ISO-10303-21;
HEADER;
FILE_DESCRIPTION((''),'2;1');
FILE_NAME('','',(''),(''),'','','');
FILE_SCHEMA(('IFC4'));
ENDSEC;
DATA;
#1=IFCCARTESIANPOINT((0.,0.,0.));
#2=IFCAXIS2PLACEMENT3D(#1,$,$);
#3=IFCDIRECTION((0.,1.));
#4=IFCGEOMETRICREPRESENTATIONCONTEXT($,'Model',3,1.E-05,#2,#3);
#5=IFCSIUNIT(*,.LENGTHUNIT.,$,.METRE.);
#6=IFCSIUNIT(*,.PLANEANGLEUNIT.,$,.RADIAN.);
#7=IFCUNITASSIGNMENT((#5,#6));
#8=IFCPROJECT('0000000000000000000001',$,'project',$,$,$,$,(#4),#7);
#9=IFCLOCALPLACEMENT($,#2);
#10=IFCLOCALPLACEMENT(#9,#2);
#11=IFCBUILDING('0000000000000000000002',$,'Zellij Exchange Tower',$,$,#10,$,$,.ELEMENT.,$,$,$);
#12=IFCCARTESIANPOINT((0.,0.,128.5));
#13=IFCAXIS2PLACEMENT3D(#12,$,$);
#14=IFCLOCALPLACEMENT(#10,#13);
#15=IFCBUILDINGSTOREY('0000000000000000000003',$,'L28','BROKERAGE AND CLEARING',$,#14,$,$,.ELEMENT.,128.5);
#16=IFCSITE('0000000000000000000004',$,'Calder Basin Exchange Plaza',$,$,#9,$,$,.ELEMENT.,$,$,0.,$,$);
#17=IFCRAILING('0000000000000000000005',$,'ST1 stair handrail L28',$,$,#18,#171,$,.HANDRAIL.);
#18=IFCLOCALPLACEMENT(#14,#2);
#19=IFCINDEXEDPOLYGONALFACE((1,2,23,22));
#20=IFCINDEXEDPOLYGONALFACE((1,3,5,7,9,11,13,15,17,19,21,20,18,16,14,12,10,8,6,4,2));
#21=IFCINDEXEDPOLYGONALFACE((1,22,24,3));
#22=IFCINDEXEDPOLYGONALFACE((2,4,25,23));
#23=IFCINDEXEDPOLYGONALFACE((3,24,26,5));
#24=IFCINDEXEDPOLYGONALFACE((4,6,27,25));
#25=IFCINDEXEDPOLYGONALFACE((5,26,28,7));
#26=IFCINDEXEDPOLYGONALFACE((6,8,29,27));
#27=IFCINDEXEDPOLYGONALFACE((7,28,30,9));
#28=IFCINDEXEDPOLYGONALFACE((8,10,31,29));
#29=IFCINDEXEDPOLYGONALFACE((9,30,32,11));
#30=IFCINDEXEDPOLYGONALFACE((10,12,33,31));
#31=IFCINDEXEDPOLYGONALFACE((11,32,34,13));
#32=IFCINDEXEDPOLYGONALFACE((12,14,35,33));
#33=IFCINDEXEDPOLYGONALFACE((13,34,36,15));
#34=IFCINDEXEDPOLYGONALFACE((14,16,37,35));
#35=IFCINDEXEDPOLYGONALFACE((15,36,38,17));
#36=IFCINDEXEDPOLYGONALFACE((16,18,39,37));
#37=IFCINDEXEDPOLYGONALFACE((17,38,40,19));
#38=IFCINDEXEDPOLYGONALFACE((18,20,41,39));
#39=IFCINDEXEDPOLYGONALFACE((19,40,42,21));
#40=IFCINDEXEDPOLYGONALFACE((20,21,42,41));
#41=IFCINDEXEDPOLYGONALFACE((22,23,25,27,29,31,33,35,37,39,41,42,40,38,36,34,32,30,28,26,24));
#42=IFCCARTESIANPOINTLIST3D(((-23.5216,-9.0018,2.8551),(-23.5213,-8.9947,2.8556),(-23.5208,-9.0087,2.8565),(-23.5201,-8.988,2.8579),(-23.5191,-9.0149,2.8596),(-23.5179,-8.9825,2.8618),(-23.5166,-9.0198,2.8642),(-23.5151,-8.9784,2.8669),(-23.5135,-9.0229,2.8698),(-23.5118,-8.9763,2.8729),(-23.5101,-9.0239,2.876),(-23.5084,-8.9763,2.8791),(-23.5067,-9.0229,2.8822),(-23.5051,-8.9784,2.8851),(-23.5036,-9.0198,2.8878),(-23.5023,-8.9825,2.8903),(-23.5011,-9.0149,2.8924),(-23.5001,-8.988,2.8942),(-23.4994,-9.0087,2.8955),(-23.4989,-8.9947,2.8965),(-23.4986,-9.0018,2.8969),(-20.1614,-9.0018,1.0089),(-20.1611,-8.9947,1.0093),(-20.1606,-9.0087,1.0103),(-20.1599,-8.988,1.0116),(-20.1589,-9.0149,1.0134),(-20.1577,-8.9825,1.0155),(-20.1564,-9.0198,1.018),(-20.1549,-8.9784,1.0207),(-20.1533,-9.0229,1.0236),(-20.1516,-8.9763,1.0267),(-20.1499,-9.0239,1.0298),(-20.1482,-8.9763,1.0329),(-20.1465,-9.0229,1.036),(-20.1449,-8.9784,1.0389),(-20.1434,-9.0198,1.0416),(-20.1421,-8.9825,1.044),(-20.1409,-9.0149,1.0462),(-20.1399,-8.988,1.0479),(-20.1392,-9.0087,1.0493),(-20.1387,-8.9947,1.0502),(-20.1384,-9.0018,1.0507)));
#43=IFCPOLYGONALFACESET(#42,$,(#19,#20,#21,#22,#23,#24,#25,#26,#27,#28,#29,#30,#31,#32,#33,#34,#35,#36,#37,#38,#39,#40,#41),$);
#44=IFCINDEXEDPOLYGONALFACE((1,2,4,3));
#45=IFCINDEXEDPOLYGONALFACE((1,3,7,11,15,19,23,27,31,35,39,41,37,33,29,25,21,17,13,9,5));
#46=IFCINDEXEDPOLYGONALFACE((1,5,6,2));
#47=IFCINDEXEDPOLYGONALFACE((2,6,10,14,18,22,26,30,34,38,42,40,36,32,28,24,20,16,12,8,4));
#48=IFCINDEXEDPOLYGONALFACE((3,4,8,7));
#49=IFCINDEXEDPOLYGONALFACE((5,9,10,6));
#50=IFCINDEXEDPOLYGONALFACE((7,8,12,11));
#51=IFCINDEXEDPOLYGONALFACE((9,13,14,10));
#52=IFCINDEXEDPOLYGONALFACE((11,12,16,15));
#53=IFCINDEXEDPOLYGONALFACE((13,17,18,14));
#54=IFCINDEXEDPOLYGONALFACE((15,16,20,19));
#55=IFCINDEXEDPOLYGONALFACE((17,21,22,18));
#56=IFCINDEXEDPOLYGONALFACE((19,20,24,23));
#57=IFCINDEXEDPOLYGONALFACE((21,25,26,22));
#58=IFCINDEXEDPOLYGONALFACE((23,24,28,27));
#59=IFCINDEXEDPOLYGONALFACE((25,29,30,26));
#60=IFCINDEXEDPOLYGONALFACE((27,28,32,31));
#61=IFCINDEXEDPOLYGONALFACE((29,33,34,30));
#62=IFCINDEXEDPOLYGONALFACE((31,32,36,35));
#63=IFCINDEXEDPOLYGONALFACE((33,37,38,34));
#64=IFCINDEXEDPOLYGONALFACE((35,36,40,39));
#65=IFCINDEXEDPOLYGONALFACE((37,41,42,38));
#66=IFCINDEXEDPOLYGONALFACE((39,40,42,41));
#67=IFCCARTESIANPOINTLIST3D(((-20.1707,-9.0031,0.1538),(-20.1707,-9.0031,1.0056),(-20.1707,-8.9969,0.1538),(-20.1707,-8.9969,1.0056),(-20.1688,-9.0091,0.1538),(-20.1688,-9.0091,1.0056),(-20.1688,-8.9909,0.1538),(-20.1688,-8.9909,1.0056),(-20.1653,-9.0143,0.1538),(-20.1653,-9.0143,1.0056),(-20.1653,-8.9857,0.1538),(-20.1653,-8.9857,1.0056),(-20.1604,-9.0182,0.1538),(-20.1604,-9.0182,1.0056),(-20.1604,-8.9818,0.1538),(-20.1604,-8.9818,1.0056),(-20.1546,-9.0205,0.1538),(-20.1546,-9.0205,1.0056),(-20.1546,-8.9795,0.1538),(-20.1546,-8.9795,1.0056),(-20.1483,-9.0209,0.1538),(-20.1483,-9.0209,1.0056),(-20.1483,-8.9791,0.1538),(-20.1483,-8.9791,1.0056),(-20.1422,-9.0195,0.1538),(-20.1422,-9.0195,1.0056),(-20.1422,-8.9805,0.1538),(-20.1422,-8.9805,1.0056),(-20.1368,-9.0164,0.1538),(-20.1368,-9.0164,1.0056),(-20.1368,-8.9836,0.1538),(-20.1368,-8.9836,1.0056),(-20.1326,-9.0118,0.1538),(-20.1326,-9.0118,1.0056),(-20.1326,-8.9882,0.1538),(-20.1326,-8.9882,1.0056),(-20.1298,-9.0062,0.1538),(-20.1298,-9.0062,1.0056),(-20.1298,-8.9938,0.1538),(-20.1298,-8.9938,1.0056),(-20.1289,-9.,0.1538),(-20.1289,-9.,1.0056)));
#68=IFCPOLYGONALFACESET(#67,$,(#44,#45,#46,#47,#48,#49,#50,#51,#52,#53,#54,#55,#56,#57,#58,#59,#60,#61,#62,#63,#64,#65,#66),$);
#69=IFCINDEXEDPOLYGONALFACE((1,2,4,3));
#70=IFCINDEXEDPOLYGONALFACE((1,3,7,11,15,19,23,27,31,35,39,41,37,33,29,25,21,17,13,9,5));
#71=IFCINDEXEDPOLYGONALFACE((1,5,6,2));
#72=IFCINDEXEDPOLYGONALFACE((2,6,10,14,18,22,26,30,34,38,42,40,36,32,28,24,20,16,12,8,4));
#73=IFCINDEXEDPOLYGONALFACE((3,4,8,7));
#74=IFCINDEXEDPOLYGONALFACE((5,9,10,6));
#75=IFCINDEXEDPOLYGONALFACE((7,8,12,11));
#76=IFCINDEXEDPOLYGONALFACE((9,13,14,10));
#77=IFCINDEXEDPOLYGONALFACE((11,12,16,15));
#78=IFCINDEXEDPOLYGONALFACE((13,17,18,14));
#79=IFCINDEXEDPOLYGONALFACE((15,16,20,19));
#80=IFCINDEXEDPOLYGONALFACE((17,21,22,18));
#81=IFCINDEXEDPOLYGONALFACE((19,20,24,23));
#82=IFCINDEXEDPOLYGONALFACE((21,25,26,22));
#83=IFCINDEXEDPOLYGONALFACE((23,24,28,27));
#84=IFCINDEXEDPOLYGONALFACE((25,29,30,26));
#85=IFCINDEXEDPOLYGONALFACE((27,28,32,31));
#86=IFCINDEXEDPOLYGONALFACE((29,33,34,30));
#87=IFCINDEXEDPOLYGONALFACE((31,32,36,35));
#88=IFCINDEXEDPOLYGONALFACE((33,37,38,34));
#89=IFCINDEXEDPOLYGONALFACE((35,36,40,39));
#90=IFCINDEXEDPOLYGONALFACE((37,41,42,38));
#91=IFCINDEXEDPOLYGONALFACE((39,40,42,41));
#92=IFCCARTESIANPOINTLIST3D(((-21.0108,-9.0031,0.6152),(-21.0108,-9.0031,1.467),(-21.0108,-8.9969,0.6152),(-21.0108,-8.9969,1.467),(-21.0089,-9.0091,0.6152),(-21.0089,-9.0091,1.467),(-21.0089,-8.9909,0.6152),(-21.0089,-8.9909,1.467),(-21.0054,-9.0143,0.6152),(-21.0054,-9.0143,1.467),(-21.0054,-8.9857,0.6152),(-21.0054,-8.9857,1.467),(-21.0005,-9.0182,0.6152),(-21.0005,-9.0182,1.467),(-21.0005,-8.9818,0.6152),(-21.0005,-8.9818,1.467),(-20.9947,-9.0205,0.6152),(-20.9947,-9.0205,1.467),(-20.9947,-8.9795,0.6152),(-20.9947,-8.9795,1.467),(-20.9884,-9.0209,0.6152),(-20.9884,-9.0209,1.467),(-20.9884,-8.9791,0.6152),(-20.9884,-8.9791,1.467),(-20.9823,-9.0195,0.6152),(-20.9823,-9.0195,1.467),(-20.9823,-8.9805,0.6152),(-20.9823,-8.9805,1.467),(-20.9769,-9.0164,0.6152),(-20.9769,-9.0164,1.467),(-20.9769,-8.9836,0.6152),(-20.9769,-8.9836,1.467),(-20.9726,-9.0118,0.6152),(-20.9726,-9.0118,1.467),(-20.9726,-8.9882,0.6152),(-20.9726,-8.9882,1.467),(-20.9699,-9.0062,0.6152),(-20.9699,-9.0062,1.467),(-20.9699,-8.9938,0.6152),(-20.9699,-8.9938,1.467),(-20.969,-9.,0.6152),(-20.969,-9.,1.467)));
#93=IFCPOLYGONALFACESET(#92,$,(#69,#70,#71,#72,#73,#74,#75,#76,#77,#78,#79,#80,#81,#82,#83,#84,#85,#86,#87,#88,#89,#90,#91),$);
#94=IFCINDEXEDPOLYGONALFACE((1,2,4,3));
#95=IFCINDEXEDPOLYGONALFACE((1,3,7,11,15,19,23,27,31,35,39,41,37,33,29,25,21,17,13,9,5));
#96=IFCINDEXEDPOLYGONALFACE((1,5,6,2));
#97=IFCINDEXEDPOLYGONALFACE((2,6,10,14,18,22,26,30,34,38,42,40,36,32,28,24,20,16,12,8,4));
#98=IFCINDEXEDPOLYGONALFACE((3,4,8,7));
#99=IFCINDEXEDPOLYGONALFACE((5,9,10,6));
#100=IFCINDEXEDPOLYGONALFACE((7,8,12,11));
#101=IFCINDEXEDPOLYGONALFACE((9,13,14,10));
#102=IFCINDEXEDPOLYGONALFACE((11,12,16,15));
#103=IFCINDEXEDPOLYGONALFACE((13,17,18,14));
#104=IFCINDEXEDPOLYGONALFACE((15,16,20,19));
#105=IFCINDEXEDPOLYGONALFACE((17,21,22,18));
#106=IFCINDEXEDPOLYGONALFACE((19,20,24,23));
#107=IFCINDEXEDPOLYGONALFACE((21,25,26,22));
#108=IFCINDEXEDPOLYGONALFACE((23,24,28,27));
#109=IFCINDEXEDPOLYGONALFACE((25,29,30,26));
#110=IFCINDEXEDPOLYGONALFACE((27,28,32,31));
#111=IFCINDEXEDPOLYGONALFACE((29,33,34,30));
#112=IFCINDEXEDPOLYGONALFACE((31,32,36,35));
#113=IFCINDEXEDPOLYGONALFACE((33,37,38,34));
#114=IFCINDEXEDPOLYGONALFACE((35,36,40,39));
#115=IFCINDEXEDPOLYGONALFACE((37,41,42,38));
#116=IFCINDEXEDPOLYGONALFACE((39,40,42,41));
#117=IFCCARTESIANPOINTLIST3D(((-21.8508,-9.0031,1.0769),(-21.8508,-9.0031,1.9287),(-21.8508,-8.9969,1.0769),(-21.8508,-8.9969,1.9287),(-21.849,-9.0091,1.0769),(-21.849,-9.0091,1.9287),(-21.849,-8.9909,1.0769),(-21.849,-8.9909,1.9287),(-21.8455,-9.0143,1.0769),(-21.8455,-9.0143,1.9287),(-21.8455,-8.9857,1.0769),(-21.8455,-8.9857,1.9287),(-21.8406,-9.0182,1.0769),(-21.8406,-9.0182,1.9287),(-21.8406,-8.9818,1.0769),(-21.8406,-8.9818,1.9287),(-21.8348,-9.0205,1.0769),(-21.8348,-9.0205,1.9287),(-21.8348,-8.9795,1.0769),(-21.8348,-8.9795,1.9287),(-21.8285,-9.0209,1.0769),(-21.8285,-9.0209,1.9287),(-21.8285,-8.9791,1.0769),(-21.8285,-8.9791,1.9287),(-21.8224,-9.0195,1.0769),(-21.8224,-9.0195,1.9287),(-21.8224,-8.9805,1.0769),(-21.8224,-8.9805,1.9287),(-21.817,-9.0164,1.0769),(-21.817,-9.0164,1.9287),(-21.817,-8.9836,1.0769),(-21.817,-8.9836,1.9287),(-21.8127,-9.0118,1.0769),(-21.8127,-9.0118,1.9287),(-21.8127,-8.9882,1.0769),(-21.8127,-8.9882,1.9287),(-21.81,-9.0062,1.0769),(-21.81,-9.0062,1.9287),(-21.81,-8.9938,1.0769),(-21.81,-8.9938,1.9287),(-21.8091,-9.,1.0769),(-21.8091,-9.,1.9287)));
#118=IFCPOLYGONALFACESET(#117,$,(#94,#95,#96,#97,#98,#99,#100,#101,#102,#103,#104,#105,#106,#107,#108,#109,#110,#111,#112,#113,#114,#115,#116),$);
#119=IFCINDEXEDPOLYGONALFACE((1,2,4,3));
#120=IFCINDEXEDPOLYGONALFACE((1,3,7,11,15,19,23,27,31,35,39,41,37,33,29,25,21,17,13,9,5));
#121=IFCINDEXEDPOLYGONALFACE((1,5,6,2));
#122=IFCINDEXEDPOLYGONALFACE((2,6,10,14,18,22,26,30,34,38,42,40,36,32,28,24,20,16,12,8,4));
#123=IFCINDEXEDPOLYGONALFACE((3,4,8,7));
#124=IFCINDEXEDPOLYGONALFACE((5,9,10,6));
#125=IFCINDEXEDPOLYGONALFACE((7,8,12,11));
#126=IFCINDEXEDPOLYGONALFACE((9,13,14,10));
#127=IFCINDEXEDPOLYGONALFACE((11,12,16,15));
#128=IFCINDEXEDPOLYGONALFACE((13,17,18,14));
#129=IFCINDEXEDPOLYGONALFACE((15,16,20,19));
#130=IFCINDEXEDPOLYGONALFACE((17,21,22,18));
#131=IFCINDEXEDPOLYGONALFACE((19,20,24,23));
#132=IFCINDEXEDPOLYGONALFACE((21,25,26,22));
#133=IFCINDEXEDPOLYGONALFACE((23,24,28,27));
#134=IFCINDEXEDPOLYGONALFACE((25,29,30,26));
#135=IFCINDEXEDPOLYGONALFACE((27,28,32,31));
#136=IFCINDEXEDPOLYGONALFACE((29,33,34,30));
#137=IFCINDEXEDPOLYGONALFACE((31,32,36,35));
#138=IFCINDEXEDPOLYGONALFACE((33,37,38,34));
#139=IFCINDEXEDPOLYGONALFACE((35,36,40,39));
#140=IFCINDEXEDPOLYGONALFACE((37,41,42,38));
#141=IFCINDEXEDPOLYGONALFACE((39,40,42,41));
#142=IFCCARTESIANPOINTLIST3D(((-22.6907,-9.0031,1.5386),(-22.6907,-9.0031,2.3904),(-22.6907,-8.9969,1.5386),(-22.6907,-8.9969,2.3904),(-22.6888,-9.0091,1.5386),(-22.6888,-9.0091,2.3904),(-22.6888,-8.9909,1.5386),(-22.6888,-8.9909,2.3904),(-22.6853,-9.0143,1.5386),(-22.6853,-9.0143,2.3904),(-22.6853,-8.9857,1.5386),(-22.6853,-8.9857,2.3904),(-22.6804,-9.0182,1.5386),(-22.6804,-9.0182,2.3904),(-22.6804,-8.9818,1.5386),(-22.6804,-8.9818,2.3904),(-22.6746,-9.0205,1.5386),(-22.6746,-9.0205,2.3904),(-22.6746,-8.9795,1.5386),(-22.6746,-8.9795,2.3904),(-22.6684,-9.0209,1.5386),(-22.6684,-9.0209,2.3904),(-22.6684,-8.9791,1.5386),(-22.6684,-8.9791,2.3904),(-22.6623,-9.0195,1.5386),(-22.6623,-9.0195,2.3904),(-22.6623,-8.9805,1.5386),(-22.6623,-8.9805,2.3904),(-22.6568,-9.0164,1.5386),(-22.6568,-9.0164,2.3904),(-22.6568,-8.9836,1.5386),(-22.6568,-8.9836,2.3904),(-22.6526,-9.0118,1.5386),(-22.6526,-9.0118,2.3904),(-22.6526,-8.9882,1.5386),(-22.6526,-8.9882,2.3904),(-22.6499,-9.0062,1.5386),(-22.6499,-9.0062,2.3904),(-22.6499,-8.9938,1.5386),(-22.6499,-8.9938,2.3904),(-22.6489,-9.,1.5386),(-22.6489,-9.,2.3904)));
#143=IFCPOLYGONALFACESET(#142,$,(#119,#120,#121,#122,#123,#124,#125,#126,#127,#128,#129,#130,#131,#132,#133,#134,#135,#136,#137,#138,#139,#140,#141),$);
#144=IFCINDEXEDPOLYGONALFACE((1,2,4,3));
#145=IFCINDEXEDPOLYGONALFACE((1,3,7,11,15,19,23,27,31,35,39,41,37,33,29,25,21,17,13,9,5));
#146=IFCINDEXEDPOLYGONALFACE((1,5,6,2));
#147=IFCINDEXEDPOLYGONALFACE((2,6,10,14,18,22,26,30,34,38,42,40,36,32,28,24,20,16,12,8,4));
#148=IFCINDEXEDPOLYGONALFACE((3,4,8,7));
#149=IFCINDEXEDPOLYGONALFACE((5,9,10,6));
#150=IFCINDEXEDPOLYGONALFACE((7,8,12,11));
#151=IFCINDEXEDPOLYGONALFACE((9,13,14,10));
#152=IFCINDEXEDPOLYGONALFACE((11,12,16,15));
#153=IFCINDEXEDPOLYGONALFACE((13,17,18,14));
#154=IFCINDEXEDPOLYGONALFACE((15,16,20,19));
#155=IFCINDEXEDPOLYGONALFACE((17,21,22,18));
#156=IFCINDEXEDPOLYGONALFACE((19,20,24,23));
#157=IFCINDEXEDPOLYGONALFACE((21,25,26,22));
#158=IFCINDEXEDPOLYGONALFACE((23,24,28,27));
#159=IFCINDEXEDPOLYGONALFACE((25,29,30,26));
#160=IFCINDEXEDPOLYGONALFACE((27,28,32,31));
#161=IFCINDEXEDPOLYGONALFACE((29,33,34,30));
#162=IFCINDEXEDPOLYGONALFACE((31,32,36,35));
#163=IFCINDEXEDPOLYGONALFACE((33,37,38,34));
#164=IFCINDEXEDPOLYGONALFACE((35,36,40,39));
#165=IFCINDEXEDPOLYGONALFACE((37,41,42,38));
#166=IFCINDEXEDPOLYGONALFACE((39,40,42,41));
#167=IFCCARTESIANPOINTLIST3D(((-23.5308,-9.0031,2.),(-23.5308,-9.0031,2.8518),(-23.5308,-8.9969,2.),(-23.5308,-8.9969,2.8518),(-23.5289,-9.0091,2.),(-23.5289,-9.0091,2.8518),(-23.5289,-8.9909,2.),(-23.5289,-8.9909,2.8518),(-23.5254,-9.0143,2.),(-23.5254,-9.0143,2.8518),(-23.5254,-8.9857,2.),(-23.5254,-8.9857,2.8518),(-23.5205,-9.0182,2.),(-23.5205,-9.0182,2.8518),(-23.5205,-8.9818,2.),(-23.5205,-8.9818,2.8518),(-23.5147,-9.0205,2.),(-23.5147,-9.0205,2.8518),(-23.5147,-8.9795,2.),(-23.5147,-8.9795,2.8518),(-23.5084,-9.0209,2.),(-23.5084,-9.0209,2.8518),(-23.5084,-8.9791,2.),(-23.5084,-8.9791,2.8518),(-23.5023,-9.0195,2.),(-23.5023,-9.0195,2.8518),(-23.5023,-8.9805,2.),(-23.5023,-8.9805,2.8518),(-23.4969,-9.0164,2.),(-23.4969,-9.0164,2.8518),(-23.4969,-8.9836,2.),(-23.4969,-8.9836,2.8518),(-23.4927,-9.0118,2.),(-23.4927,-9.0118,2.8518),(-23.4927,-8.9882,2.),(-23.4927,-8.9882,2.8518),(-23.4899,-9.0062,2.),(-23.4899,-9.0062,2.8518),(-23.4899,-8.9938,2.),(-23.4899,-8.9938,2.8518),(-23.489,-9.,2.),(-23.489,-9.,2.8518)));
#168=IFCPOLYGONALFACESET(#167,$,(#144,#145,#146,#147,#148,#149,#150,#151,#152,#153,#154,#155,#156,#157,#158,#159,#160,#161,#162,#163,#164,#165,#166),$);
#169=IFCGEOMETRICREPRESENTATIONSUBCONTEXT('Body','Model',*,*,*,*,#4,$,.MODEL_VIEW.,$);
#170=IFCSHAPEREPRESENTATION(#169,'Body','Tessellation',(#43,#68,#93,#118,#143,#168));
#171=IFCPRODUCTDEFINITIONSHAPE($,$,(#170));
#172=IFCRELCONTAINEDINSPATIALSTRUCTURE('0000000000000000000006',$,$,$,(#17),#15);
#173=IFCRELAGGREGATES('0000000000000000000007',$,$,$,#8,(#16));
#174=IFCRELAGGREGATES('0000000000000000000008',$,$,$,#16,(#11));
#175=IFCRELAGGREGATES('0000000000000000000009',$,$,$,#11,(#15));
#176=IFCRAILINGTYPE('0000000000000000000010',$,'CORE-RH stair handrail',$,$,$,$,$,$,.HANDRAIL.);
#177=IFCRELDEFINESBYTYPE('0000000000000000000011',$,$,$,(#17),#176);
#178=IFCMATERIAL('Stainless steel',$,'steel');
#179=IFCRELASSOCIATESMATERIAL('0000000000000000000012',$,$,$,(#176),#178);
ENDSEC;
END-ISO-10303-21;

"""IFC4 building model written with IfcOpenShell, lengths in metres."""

from ifc_helpers import new_model, si_unit, direction, frame, origin, origin_2d, place, context, subcontext, project, spatial, circle, extrude, material, type_object, element, save


model = new_model("IFC4")

# Units and contexts
model_context = context("Model", 3, precision=1e-05, world=origin(), true_north=direction((0.0, 1.0)))
body_context = subcontext(model_context, "Body", "Model", "MODEL_VIEW")
ifc_project = project(units=[si_unit("LENGTHUNIT", "METRE"), si_unit("PLANEANGLEUNIT", "RADIAN")], contexts=[model_context])

# Site, building, storey
site_placement = place(None, origin())
site = spatial("IfcSite", under=ifc_project, at=site_placement, Name="Calder Basin Exchange Plaza", CompositionType="ELEMENT", RefElevation=0.0)
building_placement = place(site_placement, origin())
building = spatial("IfcBuilding", under=site, at=building_placement, Name="Zellij Exchange Tower", CompositionType="ELEMENT")
storey_placement = place(building_placement, frame((0.0, 0.0, 128.5)))
storey = spatial("IfcBuildingStorey", under=building, at=storey_placement, Name="L28", Description="BROKERAGE AND CLEARING", CompositionType="ELEMENT", Elevation=128.5)

# Railing
ifc_material_1 = material(Name="Stainless steel", Category="steel")
railing_type_1 = type_object("IfcRailingType", Name="CORE-RH stair handrail", PredefinedType="HANDRAIL", material=ifc_material_1)
railing_1_placement = place(storey_placement, frame((-20.1499, -9.0, 0.1538)))
element("IfcRailing", 1, at=railing_1_placement, inside=storey, type_object=railing_type_1, Name="ST1 stair handrail L28", PredefinedType="HANDRAIL", context=body_context, shape_type="SweptSolid", body=[
    extrude(circle(Radius=0.0239, at=origin_2d()), frame((0.0, 0.0, 0.876), z_axis=(-0.876422, 0.0, 0.481545), x_axis=(0.0, -1.0, 0.0)), (0.0, 0.0, 1.0), 3.834),
    extrude(circle(Radius=0.021, at=origin_2d()), origin(), (0.0, 0.0, 1.0), 0.8518),
    extrude(circle(Radius=0.021, at=origin_2d()), frame((-0.8401, 0.0, 0.4614)), (0.0, 0.0, 1.0), 0.8518),
    extrude(circle(Radius=0.021, at=origin_2d()), frame((-1.6802, 0.0, 0.9231)), (0.0, 0.0, 1.0), 0.8518),
    extrude(circle(Radius=0.021, at=origin_2d()), frame((-2.52, 0.0, 1.3848)), (0.0, 0.0, 1.0), 0.8518),
    extrude(circle(Radius=0.021, at=origin_2d()), frame((-3.3601, 0.0, 1.8462)), (0.0, 0.0, 1.0), 0.8518),
])

save(model, "model.ifc")
